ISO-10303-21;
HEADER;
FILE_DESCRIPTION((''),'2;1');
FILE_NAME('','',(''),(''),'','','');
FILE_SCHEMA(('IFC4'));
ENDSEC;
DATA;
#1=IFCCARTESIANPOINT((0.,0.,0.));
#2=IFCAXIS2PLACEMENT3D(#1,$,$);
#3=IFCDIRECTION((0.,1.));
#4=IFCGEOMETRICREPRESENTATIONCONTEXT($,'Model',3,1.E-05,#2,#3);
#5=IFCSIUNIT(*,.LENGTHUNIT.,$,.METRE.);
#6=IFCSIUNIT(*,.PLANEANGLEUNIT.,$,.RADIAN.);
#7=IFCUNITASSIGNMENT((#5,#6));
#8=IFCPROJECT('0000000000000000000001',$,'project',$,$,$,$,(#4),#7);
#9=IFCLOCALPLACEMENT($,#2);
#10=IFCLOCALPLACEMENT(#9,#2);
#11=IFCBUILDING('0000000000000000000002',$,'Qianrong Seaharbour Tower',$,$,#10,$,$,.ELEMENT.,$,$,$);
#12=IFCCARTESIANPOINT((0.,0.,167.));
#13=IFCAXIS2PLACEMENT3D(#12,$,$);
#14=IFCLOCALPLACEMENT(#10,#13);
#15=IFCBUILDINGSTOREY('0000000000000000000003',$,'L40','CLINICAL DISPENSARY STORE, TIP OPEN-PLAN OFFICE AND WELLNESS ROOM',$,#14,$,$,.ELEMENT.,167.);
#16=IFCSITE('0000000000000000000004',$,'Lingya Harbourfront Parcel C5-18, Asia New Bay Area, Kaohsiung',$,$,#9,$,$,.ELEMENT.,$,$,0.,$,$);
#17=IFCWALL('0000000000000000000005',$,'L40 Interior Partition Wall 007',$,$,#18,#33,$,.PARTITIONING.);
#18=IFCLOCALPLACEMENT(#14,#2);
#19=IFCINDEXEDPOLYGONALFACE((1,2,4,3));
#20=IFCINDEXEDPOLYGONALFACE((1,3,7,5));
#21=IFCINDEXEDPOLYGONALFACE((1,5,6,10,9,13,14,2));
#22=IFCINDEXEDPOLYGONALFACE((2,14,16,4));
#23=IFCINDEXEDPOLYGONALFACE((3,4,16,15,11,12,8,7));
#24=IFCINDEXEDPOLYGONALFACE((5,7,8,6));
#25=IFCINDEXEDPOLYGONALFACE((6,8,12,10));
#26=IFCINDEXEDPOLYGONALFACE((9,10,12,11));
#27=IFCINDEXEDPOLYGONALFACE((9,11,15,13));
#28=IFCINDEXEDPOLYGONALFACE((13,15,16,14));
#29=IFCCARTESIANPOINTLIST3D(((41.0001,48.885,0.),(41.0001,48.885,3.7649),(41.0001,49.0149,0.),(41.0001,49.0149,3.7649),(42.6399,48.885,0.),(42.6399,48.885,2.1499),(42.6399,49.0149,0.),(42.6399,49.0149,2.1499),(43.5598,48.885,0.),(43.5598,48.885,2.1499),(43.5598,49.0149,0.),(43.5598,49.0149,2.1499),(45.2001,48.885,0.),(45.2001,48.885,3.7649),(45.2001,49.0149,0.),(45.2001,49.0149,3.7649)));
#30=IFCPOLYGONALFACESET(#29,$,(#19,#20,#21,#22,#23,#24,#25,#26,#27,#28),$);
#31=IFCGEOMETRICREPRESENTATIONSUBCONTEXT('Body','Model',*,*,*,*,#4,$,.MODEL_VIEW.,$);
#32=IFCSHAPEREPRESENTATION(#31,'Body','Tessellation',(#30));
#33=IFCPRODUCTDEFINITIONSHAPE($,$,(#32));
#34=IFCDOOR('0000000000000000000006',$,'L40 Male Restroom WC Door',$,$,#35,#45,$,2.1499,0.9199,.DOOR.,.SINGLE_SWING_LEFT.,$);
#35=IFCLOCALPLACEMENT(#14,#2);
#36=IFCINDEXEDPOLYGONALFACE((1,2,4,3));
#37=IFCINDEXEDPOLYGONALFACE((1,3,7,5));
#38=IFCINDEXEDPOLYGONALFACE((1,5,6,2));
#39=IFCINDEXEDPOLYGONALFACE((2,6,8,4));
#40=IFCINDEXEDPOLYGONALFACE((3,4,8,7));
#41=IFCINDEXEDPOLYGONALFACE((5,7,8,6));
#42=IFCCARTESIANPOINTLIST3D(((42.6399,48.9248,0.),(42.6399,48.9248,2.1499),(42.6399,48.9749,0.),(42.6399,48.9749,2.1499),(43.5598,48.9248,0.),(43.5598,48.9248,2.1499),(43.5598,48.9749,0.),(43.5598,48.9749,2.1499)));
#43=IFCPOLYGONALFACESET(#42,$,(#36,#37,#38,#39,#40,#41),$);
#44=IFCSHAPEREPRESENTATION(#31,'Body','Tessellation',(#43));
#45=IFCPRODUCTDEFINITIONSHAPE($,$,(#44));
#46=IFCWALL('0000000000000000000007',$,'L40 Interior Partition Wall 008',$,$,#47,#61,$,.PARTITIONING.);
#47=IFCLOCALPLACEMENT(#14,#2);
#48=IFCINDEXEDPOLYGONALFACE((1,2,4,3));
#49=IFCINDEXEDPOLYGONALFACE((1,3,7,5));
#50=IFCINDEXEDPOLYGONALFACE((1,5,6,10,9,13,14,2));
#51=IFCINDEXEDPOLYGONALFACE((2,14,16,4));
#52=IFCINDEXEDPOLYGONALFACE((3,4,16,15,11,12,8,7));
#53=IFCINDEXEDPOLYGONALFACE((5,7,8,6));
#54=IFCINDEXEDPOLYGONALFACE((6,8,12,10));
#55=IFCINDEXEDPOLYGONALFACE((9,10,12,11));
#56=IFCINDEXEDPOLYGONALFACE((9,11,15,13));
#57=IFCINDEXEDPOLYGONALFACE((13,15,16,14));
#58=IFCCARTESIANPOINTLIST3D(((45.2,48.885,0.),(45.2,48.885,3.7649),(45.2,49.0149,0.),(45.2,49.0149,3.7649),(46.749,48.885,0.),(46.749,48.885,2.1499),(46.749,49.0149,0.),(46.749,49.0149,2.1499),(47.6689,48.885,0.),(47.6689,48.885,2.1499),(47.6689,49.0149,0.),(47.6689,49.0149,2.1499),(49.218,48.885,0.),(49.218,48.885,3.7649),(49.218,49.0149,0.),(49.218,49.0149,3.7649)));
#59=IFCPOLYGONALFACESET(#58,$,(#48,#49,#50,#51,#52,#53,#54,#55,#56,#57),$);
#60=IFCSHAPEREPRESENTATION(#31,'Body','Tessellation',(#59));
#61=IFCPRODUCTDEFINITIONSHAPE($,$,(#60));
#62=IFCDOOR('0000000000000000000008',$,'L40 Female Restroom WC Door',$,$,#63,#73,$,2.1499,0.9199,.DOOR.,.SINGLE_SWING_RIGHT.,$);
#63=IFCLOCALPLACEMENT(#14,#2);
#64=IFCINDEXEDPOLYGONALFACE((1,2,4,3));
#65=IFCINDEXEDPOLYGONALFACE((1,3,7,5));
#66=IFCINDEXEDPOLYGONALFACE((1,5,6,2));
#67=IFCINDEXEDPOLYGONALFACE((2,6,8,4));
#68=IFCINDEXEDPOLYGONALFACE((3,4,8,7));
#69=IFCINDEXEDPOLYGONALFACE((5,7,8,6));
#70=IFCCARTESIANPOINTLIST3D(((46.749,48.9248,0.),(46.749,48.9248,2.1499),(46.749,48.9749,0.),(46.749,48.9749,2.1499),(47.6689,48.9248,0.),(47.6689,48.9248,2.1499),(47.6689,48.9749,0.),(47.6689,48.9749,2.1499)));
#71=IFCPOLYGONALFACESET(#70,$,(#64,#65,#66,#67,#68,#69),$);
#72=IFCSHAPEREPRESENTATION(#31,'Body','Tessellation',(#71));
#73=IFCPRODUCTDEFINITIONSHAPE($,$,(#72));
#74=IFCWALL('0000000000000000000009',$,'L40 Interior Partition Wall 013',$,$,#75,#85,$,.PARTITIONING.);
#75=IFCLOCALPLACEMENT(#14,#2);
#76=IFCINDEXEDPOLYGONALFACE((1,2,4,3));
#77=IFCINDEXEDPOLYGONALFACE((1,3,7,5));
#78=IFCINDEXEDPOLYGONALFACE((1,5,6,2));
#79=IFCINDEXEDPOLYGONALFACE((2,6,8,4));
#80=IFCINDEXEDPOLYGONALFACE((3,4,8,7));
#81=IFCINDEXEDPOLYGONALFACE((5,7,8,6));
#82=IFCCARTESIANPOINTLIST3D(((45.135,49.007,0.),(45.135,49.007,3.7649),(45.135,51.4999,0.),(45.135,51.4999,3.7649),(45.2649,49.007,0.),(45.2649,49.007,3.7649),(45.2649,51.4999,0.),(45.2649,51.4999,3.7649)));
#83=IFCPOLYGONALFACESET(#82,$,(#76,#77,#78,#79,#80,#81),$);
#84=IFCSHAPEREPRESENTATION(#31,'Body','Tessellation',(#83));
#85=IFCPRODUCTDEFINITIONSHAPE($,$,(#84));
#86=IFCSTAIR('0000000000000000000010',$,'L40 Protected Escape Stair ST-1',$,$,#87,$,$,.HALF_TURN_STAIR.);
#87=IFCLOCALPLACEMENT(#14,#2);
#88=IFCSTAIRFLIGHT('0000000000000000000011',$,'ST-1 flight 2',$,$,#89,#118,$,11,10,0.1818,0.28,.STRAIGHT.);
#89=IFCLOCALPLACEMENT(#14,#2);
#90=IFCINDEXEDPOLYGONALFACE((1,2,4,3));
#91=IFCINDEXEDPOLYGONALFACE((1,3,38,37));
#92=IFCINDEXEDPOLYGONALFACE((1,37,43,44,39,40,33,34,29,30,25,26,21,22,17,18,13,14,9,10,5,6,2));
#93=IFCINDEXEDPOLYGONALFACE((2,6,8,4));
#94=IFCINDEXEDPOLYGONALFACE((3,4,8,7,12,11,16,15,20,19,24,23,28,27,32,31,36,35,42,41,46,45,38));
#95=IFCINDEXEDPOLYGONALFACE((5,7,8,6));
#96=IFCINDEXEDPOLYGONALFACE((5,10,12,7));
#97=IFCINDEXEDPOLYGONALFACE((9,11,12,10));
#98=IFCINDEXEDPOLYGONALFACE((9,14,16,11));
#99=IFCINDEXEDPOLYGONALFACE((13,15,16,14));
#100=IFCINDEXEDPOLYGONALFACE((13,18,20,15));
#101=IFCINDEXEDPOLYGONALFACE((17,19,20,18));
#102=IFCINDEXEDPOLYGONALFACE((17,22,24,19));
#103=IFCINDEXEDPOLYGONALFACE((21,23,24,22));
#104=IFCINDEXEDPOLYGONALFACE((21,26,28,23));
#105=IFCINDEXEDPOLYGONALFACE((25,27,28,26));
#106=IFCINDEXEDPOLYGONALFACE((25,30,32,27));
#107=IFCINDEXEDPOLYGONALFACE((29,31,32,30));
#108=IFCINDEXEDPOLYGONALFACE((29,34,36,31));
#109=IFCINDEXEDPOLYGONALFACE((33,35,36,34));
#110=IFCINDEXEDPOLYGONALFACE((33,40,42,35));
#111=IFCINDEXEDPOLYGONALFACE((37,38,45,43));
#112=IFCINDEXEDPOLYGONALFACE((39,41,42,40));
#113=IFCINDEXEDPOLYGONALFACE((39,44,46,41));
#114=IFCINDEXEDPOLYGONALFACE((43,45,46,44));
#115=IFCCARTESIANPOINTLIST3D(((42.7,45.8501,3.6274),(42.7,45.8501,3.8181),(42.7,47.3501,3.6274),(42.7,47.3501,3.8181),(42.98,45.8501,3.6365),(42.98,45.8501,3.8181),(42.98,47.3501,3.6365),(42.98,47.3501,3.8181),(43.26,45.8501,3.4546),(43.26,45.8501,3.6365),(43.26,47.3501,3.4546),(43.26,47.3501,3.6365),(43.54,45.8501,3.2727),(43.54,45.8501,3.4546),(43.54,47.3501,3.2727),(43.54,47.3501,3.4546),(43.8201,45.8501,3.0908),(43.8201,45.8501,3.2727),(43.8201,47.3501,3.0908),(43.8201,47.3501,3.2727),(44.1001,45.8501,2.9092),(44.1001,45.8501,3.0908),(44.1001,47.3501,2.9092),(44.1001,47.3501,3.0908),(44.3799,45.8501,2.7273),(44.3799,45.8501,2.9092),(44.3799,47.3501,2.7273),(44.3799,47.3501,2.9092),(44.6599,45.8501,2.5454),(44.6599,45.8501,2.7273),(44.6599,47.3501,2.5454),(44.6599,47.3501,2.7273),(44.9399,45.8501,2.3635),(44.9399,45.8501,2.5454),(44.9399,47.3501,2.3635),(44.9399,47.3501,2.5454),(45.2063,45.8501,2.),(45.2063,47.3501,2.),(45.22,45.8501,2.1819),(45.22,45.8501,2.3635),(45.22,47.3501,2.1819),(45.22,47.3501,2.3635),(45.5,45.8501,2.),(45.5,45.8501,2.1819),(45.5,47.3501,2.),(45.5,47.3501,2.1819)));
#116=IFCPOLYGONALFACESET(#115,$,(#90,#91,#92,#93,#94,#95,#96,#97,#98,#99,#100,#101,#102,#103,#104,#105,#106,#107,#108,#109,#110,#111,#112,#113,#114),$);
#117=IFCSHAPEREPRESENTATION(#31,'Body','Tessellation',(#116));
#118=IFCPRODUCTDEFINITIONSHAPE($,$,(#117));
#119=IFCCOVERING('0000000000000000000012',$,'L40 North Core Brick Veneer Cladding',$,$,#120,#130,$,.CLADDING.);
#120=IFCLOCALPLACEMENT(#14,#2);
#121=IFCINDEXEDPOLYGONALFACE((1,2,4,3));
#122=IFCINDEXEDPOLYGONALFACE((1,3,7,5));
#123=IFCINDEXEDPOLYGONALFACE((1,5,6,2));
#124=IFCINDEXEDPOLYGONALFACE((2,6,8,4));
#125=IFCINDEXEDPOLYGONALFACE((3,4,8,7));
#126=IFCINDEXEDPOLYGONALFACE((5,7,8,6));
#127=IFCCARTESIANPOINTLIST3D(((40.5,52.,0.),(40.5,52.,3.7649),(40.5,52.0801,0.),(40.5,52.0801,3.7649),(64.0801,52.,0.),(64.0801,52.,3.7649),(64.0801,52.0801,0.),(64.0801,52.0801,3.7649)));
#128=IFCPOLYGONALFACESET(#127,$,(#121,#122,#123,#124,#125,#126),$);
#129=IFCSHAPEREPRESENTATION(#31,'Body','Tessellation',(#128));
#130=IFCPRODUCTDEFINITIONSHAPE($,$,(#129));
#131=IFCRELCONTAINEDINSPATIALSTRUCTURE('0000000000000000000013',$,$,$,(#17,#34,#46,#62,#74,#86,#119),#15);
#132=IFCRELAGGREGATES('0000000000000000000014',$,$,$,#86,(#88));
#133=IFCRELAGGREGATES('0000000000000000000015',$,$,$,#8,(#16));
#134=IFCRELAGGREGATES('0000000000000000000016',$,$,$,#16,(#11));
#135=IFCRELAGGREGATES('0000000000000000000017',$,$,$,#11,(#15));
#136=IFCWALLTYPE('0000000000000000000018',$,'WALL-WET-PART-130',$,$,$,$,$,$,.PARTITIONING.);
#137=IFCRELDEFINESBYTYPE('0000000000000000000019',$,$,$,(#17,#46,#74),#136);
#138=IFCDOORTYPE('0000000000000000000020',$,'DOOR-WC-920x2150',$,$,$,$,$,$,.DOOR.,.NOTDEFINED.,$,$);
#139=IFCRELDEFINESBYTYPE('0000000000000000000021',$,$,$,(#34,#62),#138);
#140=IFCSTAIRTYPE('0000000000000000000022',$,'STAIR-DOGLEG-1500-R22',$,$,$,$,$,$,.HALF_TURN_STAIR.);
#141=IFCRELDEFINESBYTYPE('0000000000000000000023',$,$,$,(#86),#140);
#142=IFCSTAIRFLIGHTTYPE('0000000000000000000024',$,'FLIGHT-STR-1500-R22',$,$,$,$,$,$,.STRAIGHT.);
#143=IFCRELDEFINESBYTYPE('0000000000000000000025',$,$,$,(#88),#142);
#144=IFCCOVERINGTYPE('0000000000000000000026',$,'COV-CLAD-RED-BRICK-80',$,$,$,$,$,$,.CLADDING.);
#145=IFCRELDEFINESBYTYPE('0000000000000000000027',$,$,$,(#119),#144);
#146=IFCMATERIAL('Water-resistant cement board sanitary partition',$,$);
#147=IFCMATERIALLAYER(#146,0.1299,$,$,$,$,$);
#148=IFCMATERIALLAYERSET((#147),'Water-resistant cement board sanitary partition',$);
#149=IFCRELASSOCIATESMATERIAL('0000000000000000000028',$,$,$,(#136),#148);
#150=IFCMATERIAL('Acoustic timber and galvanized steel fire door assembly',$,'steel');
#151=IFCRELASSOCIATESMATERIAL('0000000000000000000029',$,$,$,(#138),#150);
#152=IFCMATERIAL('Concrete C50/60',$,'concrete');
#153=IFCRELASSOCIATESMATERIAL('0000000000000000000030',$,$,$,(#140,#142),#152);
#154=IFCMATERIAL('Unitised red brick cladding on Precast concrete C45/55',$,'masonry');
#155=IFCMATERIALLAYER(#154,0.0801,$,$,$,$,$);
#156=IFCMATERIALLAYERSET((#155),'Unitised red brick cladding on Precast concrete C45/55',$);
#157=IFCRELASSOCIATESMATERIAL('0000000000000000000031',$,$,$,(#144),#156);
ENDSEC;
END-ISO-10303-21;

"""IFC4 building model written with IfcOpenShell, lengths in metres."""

from ifc_helpers import new_model, si_unit, direction, frame, frame_2d, origin, origin_2d, place, context, subcontext, project, spatial, polyline, rectangle, outline, extrude, material, layer, layer_set, type_object, element, fill, aggregate, save


model = new_model("IFC4")

# Units and contexts
model_context = context("Model", 3, precision=1e-05, world=origin(), true_north=direction((0.0, 1.0)))
body_context = subcontext(model_context, "Body", "Model", "MODEL_VIEW")
ifc_project = project(units=[si_unit("LENGTHUNIT", "METRE"), si_unit("PLANEANGLEUNIT", "RADIAN")], contexts=[model_context])

# Site, building, storey
site_placement = place(None, origin())
site = spatial("IfcSite", under=ifc_project, at=site_placement, Name="Lingya Harbourfront Parcel C5-18, Asia New Bay Area, Kaohsiung", CompositionType="ELEMENT", RefElevation=0.0)
building_placement = place(site_placement, origin())
building = spatial("IfcBuilding", under=site, at=building_placement, Name="Qianrong Seaharbour Tower", CompositionType="ELEMENT")
storey_placement = place(building_placement, frame((0.0, 0.0, 167.0)))
storey = spatial("IfcBuildingStorey", under=building, at=storey_placement, Name="L40", Description="CLINICAL DISPENSARY STORE, TIP OPEN-PLAN OFFICE AND WELLNESS ROOM", CompositionType="ELEMENT", Elevation=167.0)

# Shared definitions
ifc_material_1 = material(Name="Concrete C50/60", Category="concrete")

# Walls, openings, doors
ifc_material_2 = material(Name="Acoustic timber and galvanized steel fire door assembly", Category="steel")
ifc_material_3 = material(Name="Water-resistant cement board sanitary partition")
ifc_layer_1 = layer(ifc_material_3, 0.1299)
ifc_layer_set_1 = layer_set([ifc_layer_1], Name="Water-resistant cement board sanitary partition")
wall_type_1 = type_object("IfcWallType", Name="WALL-WET-PART-130", PredefinedType="PARTITIONING", material=ifc_layer_set_1)
wall_1_placement = place(storey_placement, frame((41.0, 48.95, 0.0), z_axis=(0.0, 0.0, 1.0), x_axis=(1.0, 0.0, 0.0)))
wall_1 = element("IfcWall", 1, at=wall_1_placement, inside=storey, type_object=wall_type_1, Name="L40 Interior Partition Wall 007", PredefinedType="PARTITIONING", context=body_context, shape_type="SweptSolid", body=[
    extrude(rectangle(XDim=4.2, YDim=0.1299, at=frame_2d((2.1001, 0.0))), origin(), (0.0, 0.0, 1.0), 3.7649),
])
opening_1_placement = place(wall_1_placement, frame((1.6399, 0.0, 0.0)))
opening_1 = element("IfcOpeningElement", 2, at=opening_1_placement, cuts=wall_1, PredefinedType="OPENING", context=body_context, shape_type="SweptSolid", body=[
    extrude(rectangle(XDim=0.9199, YDim=2.1499, at=frame_2d((0.46, 1.075))), frame((0.0, 0.075, 0.0), z_axis=(0.0, -1.0, 0.0), x_axis=(1.0, 0.0, 0.0)), (0.0, 0.0, 1.0), 0.1499),
])
door_type_1 = type_object("IfcDoorType", Name="DOOR-WC-920x2150", OperationType="NOTDEFINED", PredefinedType="DOOR", material=ifc_material_2)
door_1_placement = place(opening_1_placement, origin())
door_1 = element("IfcDoor", 3, at=door_1_placement, inside=storey, type_object=door_type_1, Name="L40 Male Restroom WC Door", OperationType="SINGLE_SWING_LEFT", OverallHeight=2.1499, OverallWidth=0.9199, PredefinedType="DOOR", context=body_context, shape_type="SweptSolid", body=[
    extrude(rectangle(XDim=0.9199, YDim=2.1499, at=frame_2d((0.46, 1.075))), frame((0.0, 0.0249, 0.0), z_axis=(0.0, -1.0, 0.0), x_axis=(1.0, 0.0, 0.0)), (0.0, 0.0, 1.0), 0.05),
])
fill(opening_1, door_1)
wall_2_placement = place(storey_placement, frame((45.2, 48.95, 0.0), z_axis=(0.0, 0.0, 1.0), x_axis=(1.0, 0.0, 0.0)))
wall_2 = element("IfcWall", 4, at=wall_2_placement, inside=storey, type_object=wall_type_1, Name="L40 Interior Partition Wall 008", PredefinedType="PARTITIONING", context=body_context, shape_type="SweptSolid", body=[
    extrude(rectangle(XDim=4.0181, YDim=0.1299, at=frame_2d((2.009, 0.0))), origin(), (0.0, 0.0, 1.0), 3.7649),
])
opening_2_placement = place(wall_2_placement, frame((1.5491, 0.0, 0.0)))
opening_2 = element("IfcOpeningElement", 5, at=opening_2_placement, cuts=wall_2, PredefinedType="OPENING", context=body_context, shape_type="SweptSolid", body=[
    extrude(rectangle(XDim=0.9199, YDim=2.1499, at=frame_2d((0.46, 1.075))), frame((0.0, 0.075, 0.0), z_axis=(0.0, -1.0, 0.0), x_axis=(1.0, 0.0, 0.0)), (0.0, 0.0, 1.0), 0.1499),
])
door_2_placement = place(opening_2_placement, origin())
door_2 = element("IfcDoor", 6, at=door_2_placement, inside=storey, type_object=door_type_1, Name="L40 Female Restroom WC Door", OperationType="SINGLE_SWING_RIGHT", OverallHeight=2.1499, OverallWidth=0.9199, PredefinedType="DOOR", context=body_context, shape_type="SweptSolid", body=[
    extrude(rectangle(XDim=0.9199, YDim=2.1499, at=frame_2d((0.46, 1.075))), frame((0.0, 0.0249, 0.0), z_axis=(0.0, -1.0, 0.0), x_axis=(1.0, 0.0, 0.0)), (0.0, 0.0, 1.0), 0.05),
])
fill(opening_2, door_2)

# Wall
wall_3_placement = place(storey_placement, frame((45.2, 51.5, 0.0), z_axis=(0.0, 0.0, 1.0), x_axis=(0.0, -1.0, 0.0)))
element("IfcWall", 7, at=wall_3_placement, inside=storey, type_object=wall_type_1, Name="L40 Interior Partition Wall 013", PredefinedType="PARTITIONING", context=body_context, shape_type="SweptSolid", body=[
    extrude(rectangle(XDim=2.4929, YDim=0.1299, at=frame_2d((1.2466, 0.0))), origin(), (0.0, 0.0, 1.0), 3.7649),
])

# Stair, stair flight
stair_type = type_object("IfcStairType", Name="STAIR-DOGLEG-1500-R22", PredefinedType="HALF_TURN_STAIR", material=ifc_material_1)
stair_placement = place(storey_placement, origin())
stair = element("IfcStair", 8, at=stair_placement, inside=storey, type_object=stair_type, Name="L40 Protected Escape Stair ST-1", PredefinedType="HALF_TURN_STAIR")
stair_flight_type = type_object("IfcStairFlightType", Name="FLIGHT-STR-1500-R22", PredefinedType="STRAIGHT", material=ifc_material_1)
stair_flight_placement = place(storey_placement, frame((45.5, 46.6001, 2.0), z_axis=(0.0, 0.0, 1.0), x_axis=(-1.0, 0.0, 0.0)))
stair_flight = element("IfcStairFlight", 9, at=stair_flight_placement, type_object=stair_flight_type, Name="ST-1 flight 2", NumberOfRisers=11, NumberOfTreads=10, PredefinedType="STRAIGHT", RiserHeight=0.1818, TreadLength=0.28, context=body_context, shape_type="SweptSolid", body=[
    extrude(outline(polyline([(0.0, 0.0), (0.0, 0.1819), (0.28, 0.1819), (0.28, 0.3635), (0.5601, 0.3635), (0.5601, 0.5454), (0.8401, 0.5454), (0.8401, 0.7273), (1.1201, 0.7273), (1.1201, 0.9092), (1.3999, 0.9092), (1.3999, 1.0908), (1.6799, 1.0908), (1.6799, 1.2727), (1.96, 1.2727), (1.96, 1.4546), (2.24, 1.4546), (2.24, 1.6365), (2.52, 1.6365), (2.52, 1.8181), (2.8, 1.8181), (2.8, 2.0), (2.8, 1.6274), (0.2937, 0.0), (0.0, 0.0)])), frame((0.0, 0.75, 0.0), z_axis=(0.0, -1.0, 0.0), x_axis=(1.0, 0.0, 0.0)), (0.0, 0.0, 1.0), 1.5),
])
aggregate(stair, [stair_flight])

# Covering
ifc_material_4 = material(Name="Unitised red brick cladding on Precast concrete C45/55", Category="masonry")
ifc_layer_2 = layer(ifc_material_4, 0.0801)
ifc_layer_set_2 = layer_set([ifc_layer_2], Name="Unitised red brick cladding on Precast concrete C45/55")
covering_type = type_object("IfcCoveringType", Name="COV-CLAD-RED-BRICK-80", PredefinedType="CLADDING", material=ifc_layer_set_2)
covering_placement = place(storey_placement, frame((52.29, 52.04, 0.0), z_axis=(0.0, 0.0, 1.0), x_axis=(1.0, 0.0, 0.0)))
element("IfcCovering", 10, at=covering_placement, inside=storey, type_object=covering_type, Name="L40 North Core Brick Veneer Cladding", PredefinedType="CLADDING", context=body_context, shape_type="SweptSolid", body=[
    extrude(rectangle(XDim=23.5801, YDim=0.0801, at=origin_2d()), origin(), (0.0, 0.0, 1.0), 3.7649),
])

save(model, "model.ifc")
